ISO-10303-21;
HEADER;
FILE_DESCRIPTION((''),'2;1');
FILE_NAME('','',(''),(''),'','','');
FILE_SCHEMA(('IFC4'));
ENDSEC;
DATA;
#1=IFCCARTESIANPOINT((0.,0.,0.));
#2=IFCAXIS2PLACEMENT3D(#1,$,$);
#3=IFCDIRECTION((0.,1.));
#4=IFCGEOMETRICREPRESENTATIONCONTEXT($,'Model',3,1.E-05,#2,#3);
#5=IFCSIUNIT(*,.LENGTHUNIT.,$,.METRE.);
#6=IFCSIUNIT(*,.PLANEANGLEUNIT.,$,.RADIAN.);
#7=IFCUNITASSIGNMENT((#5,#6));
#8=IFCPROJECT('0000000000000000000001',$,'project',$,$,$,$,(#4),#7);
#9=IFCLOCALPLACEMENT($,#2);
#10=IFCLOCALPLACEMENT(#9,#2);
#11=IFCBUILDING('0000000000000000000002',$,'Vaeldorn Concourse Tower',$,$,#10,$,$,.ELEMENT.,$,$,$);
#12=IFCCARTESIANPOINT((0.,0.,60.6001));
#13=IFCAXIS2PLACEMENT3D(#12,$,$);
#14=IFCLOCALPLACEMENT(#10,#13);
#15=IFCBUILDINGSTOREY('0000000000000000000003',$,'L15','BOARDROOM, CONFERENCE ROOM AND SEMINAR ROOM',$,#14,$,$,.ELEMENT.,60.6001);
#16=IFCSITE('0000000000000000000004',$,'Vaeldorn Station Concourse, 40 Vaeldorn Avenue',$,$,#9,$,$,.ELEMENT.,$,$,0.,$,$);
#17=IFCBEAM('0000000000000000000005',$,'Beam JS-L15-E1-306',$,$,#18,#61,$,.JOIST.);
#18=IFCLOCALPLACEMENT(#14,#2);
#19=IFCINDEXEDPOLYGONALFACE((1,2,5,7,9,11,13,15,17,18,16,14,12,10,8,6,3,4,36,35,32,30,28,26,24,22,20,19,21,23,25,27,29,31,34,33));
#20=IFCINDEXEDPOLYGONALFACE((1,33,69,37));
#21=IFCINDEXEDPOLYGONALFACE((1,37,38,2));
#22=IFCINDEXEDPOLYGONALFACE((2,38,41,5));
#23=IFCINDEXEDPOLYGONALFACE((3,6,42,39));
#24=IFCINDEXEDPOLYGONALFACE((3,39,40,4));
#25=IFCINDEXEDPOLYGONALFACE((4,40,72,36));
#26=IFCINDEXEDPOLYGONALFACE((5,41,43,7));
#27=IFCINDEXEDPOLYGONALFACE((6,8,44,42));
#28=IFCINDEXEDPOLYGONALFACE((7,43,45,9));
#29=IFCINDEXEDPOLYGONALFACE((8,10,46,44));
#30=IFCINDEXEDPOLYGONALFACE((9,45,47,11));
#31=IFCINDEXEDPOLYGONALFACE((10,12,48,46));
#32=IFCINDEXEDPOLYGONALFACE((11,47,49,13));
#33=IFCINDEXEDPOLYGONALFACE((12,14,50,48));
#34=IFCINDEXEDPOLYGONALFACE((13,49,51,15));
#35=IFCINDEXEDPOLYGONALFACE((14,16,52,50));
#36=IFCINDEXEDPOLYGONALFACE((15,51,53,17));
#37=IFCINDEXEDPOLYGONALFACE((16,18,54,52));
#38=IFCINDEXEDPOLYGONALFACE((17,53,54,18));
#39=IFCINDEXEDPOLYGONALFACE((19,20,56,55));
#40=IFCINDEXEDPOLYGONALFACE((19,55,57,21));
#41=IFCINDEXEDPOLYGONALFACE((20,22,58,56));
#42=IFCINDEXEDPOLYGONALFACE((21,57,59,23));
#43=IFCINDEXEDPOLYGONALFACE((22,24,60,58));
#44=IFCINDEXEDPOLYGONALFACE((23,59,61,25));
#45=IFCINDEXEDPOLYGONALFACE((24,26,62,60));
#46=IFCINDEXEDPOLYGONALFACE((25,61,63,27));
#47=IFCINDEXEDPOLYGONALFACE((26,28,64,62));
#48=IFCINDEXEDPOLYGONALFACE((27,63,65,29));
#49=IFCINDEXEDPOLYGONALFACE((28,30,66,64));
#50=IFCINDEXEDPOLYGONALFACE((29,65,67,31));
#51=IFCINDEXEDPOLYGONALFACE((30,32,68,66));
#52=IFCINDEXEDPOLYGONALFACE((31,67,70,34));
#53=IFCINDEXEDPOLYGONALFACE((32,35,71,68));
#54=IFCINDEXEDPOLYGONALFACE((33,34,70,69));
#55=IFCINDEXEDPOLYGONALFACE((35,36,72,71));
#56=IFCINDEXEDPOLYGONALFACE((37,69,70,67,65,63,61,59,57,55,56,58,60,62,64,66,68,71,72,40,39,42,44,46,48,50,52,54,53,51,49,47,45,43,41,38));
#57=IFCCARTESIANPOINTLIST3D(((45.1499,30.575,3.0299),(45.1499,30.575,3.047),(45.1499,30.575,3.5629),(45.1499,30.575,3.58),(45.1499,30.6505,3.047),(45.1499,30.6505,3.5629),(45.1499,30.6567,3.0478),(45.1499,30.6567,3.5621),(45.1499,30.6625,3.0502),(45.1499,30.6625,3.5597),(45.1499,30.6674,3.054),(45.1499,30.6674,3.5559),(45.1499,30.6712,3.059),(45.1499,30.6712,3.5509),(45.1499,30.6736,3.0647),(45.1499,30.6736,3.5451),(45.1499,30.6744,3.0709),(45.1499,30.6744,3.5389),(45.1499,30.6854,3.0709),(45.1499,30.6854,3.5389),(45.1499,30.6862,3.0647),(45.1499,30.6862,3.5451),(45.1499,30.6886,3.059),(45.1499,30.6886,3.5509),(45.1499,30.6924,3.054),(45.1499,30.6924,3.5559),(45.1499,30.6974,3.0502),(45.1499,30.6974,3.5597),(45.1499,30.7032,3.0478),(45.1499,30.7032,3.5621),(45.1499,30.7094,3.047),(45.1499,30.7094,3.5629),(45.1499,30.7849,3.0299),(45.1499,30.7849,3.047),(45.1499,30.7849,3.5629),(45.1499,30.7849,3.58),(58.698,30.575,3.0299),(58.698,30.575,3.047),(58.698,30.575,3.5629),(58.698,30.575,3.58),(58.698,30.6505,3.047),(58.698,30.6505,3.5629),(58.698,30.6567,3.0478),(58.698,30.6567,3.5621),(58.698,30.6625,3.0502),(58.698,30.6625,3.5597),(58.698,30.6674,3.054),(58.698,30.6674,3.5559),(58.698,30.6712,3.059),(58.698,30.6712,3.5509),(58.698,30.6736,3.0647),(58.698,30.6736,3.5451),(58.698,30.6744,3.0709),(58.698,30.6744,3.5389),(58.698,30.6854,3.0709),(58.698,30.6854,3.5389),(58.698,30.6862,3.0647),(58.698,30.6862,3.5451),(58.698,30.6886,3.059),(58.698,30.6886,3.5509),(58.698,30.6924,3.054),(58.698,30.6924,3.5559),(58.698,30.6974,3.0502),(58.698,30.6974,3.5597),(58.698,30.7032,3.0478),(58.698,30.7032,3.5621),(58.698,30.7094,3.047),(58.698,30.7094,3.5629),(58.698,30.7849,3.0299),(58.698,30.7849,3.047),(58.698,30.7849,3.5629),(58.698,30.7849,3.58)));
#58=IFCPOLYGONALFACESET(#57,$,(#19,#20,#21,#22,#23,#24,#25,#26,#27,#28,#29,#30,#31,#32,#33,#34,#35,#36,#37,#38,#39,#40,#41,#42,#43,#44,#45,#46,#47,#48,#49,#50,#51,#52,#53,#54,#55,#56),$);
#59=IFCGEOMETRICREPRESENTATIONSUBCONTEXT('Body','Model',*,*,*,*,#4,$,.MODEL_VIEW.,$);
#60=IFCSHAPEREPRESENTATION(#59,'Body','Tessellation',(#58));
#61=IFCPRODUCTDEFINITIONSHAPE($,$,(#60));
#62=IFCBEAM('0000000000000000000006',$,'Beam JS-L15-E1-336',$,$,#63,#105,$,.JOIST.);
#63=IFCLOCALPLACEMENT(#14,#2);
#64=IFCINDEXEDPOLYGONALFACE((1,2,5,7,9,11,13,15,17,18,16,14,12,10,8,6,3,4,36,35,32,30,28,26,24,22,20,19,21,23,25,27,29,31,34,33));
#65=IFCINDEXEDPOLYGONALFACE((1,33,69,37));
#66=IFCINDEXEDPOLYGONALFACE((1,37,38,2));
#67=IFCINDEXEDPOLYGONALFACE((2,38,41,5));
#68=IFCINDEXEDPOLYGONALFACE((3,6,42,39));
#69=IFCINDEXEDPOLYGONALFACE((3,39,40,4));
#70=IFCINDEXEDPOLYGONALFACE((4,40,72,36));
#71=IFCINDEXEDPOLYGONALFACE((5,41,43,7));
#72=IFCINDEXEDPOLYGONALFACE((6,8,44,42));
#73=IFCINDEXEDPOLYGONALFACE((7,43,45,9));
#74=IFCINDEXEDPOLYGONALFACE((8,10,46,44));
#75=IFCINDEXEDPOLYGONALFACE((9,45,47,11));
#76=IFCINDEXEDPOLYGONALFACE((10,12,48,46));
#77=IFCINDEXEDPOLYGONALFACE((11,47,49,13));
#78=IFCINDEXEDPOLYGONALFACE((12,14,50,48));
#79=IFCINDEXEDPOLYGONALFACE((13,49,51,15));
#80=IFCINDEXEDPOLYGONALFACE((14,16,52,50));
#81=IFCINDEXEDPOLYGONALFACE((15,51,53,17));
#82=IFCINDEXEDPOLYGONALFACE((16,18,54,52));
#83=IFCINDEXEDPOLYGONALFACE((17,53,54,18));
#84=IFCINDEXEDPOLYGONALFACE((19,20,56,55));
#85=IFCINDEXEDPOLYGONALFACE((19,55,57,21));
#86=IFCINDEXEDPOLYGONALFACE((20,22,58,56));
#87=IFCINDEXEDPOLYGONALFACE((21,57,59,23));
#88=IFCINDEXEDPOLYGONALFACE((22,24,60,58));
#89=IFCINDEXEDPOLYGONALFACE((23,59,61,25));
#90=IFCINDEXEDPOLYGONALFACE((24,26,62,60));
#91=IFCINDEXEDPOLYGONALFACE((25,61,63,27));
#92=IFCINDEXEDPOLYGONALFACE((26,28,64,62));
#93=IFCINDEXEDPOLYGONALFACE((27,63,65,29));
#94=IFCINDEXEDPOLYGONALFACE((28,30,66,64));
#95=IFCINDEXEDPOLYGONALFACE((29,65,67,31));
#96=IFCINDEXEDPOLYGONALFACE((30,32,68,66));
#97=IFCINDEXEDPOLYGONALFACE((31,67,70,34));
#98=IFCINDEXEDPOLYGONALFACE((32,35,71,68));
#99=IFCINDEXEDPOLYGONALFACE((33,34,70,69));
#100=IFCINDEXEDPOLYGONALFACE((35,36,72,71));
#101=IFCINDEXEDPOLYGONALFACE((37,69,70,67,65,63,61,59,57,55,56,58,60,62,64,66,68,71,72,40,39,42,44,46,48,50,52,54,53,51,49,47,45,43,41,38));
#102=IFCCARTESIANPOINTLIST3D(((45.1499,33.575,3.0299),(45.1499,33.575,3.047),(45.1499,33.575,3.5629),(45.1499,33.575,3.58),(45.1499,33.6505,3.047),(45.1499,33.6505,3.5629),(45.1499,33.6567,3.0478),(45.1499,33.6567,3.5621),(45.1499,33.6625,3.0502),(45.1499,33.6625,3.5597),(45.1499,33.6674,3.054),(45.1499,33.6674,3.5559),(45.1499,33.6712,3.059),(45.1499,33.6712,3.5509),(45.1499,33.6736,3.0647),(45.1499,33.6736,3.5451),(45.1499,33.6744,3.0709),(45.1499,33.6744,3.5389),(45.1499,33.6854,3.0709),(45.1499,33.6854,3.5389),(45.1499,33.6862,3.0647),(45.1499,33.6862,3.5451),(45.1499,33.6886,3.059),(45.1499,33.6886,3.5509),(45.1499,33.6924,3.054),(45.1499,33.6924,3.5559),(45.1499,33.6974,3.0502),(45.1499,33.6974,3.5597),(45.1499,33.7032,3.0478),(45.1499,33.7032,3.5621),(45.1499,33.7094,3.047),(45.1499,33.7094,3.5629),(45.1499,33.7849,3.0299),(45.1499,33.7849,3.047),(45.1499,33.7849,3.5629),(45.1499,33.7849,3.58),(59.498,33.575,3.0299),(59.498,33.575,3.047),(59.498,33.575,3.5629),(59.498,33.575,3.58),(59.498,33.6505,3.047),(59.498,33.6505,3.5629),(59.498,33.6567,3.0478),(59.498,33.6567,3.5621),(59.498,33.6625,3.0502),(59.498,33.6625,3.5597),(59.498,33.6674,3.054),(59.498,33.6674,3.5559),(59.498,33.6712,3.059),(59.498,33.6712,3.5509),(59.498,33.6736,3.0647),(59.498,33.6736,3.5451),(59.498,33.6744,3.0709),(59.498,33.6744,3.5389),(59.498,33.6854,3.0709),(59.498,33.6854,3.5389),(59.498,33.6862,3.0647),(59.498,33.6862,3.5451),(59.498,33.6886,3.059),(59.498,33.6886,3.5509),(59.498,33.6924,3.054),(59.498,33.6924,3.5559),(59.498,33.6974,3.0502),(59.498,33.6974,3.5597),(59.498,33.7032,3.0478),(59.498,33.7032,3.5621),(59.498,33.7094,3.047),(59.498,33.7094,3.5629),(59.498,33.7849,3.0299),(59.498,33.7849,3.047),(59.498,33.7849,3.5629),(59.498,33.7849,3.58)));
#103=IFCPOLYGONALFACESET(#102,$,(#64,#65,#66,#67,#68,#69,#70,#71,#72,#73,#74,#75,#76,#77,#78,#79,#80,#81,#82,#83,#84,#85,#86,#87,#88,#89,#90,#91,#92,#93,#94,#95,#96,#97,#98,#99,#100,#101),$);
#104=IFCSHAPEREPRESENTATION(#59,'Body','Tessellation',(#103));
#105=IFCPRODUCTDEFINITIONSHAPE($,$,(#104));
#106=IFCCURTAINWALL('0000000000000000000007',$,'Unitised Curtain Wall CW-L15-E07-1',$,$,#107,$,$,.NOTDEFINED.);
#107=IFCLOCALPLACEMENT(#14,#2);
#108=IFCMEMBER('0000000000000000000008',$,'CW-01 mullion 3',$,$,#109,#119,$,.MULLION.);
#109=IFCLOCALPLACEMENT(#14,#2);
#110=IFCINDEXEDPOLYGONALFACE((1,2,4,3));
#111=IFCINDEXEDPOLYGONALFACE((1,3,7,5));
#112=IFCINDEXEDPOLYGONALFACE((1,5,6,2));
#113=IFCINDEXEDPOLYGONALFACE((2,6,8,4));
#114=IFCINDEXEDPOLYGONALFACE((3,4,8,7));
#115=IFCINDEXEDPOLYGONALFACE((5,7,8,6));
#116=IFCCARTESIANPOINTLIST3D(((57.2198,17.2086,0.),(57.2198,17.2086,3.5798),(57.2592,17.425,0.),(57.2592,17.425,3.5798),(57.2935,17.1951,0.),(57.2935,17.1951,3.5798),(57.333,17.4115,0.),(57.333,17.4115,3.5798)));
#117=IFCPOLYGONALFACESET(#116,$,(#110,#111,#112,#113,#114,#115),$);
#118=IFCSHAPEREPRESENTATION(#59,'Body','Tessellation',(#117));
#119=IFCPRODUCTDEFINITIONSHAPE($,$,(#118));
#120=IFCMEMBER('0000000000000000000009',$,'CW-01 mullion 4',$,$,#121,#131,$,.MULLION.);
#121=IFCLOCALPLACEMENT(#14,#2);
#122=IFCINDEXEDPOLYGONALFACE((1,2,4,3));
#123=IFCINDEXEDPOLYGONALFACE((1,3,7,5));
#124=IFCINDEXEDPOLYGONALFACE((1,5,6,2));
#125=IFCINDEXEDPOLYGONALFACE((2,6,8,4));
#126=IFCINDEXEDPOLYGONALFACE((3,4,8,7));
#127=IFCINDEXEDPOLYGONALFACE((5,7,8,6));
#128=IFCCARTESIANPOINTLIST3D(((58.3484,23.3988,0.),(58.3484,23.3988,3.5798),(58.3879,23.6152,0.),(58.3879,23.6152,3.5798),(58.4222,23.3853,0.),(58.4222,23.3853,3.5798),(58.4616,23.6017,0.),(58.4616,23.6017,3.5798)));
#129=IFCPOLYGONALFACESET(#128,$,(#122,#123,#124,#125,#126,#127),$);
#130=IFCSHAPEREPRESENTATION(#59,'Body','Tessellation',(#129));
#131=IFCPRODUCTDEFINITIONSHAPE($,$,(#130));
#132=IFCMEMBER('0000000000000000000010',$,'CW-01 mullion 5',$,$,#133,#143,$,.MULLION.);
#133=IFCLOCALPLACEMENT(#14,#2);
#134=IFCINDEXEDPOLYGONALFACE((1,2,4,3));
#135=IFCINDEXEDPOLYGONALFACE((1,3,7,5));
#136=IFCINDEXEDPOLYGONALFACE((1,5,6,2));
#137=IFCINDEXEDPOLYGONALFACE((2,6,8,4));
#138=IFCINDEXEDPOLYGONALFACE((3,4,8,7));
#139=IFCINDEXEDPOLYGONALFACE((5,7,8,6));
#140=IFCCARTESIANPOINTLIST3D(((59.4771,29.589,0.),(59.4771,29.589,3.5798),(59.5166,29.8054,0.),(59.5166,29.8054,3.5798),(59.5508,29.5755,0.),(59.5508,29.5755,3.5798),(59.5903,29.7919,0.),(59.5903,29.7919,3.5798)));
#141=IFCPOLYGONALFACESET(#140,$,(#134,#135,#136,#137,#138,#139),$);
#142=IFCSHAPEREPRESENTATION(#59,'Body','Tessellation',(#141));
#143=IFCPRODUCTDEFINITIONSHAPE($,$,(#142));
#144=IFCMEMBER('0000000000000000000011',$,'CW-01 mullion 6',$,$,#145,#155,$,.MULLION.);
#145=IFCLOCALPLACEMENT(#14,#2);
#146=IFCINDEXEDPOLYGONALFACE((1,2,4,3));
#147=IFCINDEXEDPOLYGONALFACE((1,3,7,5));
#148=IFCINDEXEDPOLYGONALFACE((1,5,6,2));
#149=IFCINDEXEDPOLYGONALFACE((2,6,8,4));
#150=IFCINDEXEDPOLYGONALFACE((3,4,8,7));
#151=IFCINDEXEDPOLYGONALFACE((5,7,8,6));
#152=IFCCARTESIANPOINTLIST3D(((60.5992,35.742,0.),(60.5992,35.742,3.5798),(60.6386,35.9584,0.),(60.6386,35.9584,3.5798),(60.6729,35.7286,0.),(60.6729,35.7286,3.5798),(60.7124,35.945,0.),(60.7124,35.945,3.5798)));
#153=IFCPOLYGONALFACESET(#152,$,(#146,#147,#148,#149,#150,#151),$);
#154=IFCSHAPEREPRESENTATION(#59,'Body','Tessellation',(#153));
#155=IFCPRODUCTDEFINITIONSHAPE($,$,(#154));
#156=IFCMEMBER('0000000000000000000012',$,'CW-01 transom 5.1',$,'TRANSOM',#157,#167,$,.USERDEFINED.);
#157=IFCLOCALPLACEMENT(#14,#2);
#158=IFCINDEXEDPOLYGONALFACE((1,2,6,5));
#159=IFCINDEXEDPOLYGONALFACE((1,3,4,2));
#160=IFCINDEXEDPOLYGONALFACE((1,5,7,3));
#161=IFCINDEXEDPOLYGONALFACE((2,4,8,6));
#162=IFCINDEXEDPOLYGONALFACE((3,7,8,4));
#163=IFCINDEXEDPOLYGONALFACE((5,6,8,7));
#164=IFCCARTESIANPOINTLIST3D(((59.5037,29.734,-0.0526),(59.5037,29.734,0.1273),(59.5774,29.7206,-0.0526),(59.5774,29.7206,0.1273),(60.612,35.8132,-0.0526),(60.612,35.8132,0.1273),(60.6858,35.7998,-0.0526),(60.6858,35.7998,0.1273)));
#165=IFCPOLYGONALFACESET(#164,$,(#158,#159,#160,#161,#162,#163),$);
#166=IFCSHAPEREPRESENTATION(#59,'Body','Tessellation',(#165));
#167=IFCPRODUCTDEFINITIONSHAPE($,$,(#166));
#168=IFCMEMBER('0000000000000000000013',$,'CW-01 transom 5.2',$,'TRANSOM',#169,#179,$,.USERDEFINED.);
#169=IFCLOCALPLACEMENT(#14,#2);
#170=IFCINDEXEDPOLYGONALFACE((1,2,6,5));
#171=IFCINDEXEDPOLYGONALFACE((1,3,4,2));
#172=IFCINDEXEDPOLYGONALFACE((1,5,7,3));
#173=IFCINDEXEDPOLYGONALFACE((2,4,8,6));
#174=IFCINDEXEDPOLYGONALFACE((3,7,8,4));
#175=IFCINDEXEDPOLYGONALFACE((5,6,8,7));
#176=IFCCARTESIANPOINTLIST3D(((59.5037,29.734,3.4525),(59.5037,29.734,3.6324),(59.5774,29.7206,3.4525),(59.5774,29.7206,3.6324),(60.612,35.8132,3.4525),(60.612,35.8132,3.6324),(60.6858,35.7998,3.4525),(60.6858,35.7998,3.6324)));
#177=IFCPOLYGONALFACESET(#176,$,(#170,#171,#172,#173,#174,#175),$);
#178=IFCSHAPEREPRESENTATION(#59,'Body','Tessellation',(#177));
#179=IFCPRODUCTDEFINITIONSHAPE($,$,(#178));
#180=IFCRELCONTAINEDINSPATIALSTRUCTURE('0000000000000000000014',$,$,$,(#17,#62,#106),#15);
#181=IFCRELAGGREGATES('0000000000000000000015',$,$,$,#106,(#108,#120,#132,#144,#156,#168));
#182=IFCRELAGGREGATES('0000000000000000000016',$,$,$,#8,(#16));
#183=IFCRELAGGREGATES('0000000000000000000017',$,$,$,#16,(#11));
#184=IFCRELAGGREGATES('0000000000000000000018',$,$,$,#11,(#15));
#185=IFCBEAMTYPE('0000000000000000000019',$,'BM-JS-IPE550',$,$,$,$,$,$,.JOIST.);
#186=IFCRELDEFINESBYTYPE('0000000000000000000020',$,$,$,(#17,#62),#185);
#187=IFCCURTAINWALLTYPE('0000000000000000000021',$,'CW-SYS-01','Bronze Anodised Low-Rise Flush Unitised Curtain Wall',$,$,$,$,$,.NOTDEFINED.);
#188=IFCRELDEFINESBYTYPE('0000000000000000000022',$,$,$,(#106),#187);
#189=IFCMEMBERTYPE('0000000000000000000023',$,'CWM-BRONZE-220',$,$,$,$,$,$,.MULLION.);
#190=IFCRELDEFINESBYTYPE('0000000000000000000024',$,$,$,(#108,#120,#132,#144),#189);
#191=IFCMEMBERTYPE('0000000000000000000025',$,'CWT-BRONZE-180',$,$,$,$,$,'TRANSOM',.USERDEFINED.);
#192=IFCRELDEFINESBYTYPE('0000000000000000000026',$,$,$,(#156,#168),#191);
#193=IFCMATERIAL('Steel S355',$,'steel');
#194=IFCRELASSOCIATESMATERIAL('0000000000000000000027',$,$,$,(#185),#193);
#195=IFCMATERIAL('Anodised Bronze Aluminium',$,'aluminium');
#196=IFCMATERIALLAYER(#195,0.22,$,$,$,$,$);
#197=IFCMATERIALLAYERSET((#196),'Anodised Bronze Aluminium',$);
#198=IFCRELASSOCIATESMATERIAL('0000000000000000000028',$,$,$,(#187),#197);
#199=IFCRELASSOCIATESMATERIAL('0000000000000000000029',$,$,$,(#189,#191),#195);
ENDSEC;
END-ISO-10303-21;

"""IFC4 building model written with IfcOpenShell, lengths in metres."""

from ifc_helpers import new_model, si_unit, direction, frame, origin, origin_2d, place, context, subcontext, project, spatial, rectangle, i_section, extrude, source, transform, mapped, material, layer, layer_set, material_profile, profile_set, type_object, element, aggregate, save


model = new_model("IFC4")

# Units and contexts
model_context = context("Model", 3, precision=1e-05, world=origin(), true_north=direction((0.0, 1.0)))
body_context = subcontext(model_context, "Body", "Model", "MODEL_VIEW")
ifc_project = project(units=[si_unit("LENGTHUNIT", "METRE"), si_unit("PLANEANGLEUNIT", "RADIAN")], contexts=[model_context])

# Site, building, storey
site_placement = place(None, origin())
site = spatial("IfcSite", under=ifc_project, at=site_placement, Name="Vaeldorn Station Concourse, 40 Vaeldorn Avenue", CompositionType="ELEMENT", RefElevation=0.0)
building_placement = place(site_placement, origin())
building = spatial("IfcBuilding", under=site, at=building_placement, Name="Vaeldorn Concourse Tower", CompositionType="ELEMENT")
storey_placement = place(building_placement, frame((0.0, 0.0, 60.6001)))
storey = spatial("IfcBuildingStorey", under=building, at=storey_placement, Name="L15", Description="BOARDROOM, CONFERENCE ROOM AND SEMINAR ROOM", CompositionType="ELEMENT", Elevation=60.6001)

# Beams
ifc_material_1 = material(Name="Steel S355", Category="steel")
ifc_material_profile_1 = material_profile(ifc_material_1, i_section(OverallWidth=0.21, OverallDepth=0.55, WebThickness=0.011, FlangeThickness=0.0171, FilletRadius=0.0239, at=origin_2d()), Name="IPE 550")
ifc_profile_set_1 = profile_set([ifc_material_profile_1], Name="Steel S355")
beam_type_1 = type_object("IfcBeamType", Name="BM-JS-IPE550", PredefinedType="JOIST", material=ifc_profile_set_1)
shared_shape_1 = source(origin(), body_context, "Body", "SweptSolid", [
    extrude(i_section(OverallWidth=0.21, OverallDepth=0.55, WebThickness=0.011, FlangeThickness=0.0171, FilletRadius=0.0239, at=origin_2d()), origin(), (0.0, 0.0, 1.0), 13.5481),
])
beam_1_placement = place(storey_placement, frame((45.1499, 30.6799, 3.3049), z_axis=(1.0, 0.0, 0.0), x_axis=(0.0, 1.0, 0.0)))
element("IfcBeam", 1, at=beam_1_placement, inside=storey, type_object=beam_type_1, Name="Beam JS-L15-E1-306", PredefinedType="JOIST", context=body_context, shape_type="MappedRepresentation", body=[
    mapped(shared_shape_1, transform((0.0, 0.0, 0.0), scale=1.0)),
])
shared_shape_2 = source(origin(), body_context, "Body", "SweptSolid", [
    extrude(i_section(OverallWidth=0.21, OverallDepth=0.55, WebThickness=0.011, FlangeThickness=0.0171, FilletRadius=0.0239, at=origin_2d()), origin(), (0.0, 0.0, 1.0), 14.3481),
])
beam_2_placement = place(storey_placement, frame((45.1499, 33.6799, 3.3049), z_axis=(1.0, 0.0, 0.0), x_axis=(0.0, 1.0, 0.0)))
element("IfcBeam", 2, at=beam_2_placement, inside=storey, type_object=beam_type_1, Name="Beam JS-L15-E1-336", PredefinedType="JOIST", context=body_context, shape_type="MappedRepresentation", body=[
    mapped(shared_shape_2, transform((0.0, 0.0, 0.0), scale=1.0)),
])

# Curtain wall, members
ifc_material_2 = material(Name="Anodised Bronze Aluminium", Category="aluminium")
ifc_layer_1 = layer(ifc_material_2, 0.22)
ifc_layer_set_1 = layer_set([ifc_layer_1], Name="Anodised Bronze Aluminium")
curtain_wall_type = type_object("IfcCurtainWallType", Name="CW-SYS-01", Description="Bronze Anodised Low-Rise Flush Unitised Curtain Wall", PredefinedType="NOTDEFINED", material=ifc_layer_set_1)
curtain_wall_placement = place(storey_placement, origin())
curtain_wall = element("IfcCurtainWall", 3, at=curtain_wall_placement, inside=storey, type_object=curtain_wall_type, Name="Unitised Curtain Wall CW-L15-E07-1", PredefinedType="NOTDEFINED")
ifc_material_profile_2 = material_profile(ifc_material_2, rectangle(XDim=0.075, YDim=0.22, at=origin_2d()), Name="CWM 75x220")
ifc_profile_set_2 = profile_set([ifc_material_profile_2], Name="Anodised Bronze Aluminium")
member_type_1 = type_object("IfcMemberType", Name="CWM-BRONZE-220", PredefinedType="MULLION", material=ifc_profile_set_2)
shared_shape_3 = source(origin(), body_context, "Body", "SweptSolid", [
    extrude(rectangle(XDim=0.075, YDim=0.22, at=origin_2d()), origin(), (0.0, 0.0, 1.0), 3.5798),
])
member_1_placement = place(storey_placement, frame((57.2764, 17.3101, 0.0), z_axis=(0.0, 0.0, 1.0), x_axis=(-0.983779, 0.179384, 0.0)))
member_1 = element("IfcMember", 4, at=member_1_placement, type_object=member_type_1, Name="CW-01 mullion 3", PredefinedType="MULLION", context=body_context, shape_type="MappedRepresentation", body=[
    mapped(shared_shape_3, transform((0.0, 0.0, 0.0), scale=1.0)),
])
member_2_placement = place(storey_placement, frame((58.405, 23.5002, 0.0), z_axis=(0.0, 0.0, 1.0), x_axis=(-0.983779, 0.179384, 0.0)))
member_2 = element("IfcMember", 5, at=member_2_placement, type_object=member_type_1, Name="CW-01 mullion 4", PredefinedType="MULLION", context=body_context, shape_type="MappedRepresentation", body=[
    mapped(shared_shape_3, transform((0.0, 0.0, 0.0), scale=1.0)),
])
member_3_placement = place(storey_placement, frame((59.5337, 29.6904, 0.0), z_axis=(0.0, 0.0, 1.0), x_axis=(-0.983779, 0.179384, 0.0)))
member_3 = element("IfcMember", 6, at=member_3_placement, type_object=member_type_1, Name="CW-01 mullion 5", PredefinedType="MULLION", context=body_context, shape_type="MappedRepresentation", body=[
    mapped(shared_shape_3, transform((0.0, 0.0, 0.0), scale=1.0)),
])
member_4_placement = place(storey_placement, frame((60.6558, 35.8435, 0.0), z_axis=(0.0, 0.0, 1.0), x_axis=(-0.983779, 0.179384, 0.0)))
member_4 = element("IfcMember", 7, at=member_4_placement, type_object=member_type_1, Name="CW-01 mullion 6", PredefinedType="MULLION", context=body_context, shape_type="MappedRepresentation", body=[
    mapped(shared_shape_3, transform((0.0, 0.0, 0.0), scale=1.0)),
])
ifc_material_profile_3 = material_profile(ifc_material_2, rectangle(XDim=0.075, YDim=0.1799, at=origin_2d()), Name="CWT 75x180")
ifc_profile_set_3 = profile_set([ifc_material_profile_3], Name="Anodised Bronze Aluminium")
member_type_2 = type_object("IfcMemberType", Name="CWT-BRONZE-180", ElementType="TRANSOM", PredefinedType="USERDEFINED", material=ifc_profile_set_3)
shared_shape_4 = source(origin(), body_context, "Body", "SweptSolid", [
    extrude(rectangle(XDim=0.075, YDim=0.1799, at=origin_2d()), origin(), (0.0, 0.0, 1.0), 6.1794),
])
member_5_placement = place(storey_placement, frame((59.5405, 29.7273, 0.0374), z_axis=(0.179365, 0.983783, 0.0), x_axis=(-0.983783, 0.179365, 0.0)))
member_5 = element("IfcMember", 8, at=member_5_placement, type_object=member_type_2, Name="CW-01 transom 5.1", ObjectType="TRANSOM", PredefinedType="USERDEFINED", context=body_context, shape_type="MappedRepresentation", body=[
    mapped(shared_shape_4, transform((0.0, 0.0, 0.0), scale=1.0)),
])
member_6_placement = place(storey_placement, frame((59.5405, 29.7273, 3.5425), z_axis=(0.179365, 0.983783, 0.0), x_axis=(-0.983783, 0.179365, 0.0)))
member_6 = element("IfcMember", 9, at=member_6_placement, type_object=member_type_2, Name="CW-01 transom 5.2", ObjectType="TRANSOM", PredefinedType="USERDEFINED", context=body_context, shape_type="MappedRepresentation", body=[
    mapped(shared_shape_4, transform((0.0, 0.0, 0.0), scale=1.0)),
])
aggregate(curtain_wall, [member_1, member_2, member_3, member_4, member_5, member_6])

save(model, "model.ifc")
